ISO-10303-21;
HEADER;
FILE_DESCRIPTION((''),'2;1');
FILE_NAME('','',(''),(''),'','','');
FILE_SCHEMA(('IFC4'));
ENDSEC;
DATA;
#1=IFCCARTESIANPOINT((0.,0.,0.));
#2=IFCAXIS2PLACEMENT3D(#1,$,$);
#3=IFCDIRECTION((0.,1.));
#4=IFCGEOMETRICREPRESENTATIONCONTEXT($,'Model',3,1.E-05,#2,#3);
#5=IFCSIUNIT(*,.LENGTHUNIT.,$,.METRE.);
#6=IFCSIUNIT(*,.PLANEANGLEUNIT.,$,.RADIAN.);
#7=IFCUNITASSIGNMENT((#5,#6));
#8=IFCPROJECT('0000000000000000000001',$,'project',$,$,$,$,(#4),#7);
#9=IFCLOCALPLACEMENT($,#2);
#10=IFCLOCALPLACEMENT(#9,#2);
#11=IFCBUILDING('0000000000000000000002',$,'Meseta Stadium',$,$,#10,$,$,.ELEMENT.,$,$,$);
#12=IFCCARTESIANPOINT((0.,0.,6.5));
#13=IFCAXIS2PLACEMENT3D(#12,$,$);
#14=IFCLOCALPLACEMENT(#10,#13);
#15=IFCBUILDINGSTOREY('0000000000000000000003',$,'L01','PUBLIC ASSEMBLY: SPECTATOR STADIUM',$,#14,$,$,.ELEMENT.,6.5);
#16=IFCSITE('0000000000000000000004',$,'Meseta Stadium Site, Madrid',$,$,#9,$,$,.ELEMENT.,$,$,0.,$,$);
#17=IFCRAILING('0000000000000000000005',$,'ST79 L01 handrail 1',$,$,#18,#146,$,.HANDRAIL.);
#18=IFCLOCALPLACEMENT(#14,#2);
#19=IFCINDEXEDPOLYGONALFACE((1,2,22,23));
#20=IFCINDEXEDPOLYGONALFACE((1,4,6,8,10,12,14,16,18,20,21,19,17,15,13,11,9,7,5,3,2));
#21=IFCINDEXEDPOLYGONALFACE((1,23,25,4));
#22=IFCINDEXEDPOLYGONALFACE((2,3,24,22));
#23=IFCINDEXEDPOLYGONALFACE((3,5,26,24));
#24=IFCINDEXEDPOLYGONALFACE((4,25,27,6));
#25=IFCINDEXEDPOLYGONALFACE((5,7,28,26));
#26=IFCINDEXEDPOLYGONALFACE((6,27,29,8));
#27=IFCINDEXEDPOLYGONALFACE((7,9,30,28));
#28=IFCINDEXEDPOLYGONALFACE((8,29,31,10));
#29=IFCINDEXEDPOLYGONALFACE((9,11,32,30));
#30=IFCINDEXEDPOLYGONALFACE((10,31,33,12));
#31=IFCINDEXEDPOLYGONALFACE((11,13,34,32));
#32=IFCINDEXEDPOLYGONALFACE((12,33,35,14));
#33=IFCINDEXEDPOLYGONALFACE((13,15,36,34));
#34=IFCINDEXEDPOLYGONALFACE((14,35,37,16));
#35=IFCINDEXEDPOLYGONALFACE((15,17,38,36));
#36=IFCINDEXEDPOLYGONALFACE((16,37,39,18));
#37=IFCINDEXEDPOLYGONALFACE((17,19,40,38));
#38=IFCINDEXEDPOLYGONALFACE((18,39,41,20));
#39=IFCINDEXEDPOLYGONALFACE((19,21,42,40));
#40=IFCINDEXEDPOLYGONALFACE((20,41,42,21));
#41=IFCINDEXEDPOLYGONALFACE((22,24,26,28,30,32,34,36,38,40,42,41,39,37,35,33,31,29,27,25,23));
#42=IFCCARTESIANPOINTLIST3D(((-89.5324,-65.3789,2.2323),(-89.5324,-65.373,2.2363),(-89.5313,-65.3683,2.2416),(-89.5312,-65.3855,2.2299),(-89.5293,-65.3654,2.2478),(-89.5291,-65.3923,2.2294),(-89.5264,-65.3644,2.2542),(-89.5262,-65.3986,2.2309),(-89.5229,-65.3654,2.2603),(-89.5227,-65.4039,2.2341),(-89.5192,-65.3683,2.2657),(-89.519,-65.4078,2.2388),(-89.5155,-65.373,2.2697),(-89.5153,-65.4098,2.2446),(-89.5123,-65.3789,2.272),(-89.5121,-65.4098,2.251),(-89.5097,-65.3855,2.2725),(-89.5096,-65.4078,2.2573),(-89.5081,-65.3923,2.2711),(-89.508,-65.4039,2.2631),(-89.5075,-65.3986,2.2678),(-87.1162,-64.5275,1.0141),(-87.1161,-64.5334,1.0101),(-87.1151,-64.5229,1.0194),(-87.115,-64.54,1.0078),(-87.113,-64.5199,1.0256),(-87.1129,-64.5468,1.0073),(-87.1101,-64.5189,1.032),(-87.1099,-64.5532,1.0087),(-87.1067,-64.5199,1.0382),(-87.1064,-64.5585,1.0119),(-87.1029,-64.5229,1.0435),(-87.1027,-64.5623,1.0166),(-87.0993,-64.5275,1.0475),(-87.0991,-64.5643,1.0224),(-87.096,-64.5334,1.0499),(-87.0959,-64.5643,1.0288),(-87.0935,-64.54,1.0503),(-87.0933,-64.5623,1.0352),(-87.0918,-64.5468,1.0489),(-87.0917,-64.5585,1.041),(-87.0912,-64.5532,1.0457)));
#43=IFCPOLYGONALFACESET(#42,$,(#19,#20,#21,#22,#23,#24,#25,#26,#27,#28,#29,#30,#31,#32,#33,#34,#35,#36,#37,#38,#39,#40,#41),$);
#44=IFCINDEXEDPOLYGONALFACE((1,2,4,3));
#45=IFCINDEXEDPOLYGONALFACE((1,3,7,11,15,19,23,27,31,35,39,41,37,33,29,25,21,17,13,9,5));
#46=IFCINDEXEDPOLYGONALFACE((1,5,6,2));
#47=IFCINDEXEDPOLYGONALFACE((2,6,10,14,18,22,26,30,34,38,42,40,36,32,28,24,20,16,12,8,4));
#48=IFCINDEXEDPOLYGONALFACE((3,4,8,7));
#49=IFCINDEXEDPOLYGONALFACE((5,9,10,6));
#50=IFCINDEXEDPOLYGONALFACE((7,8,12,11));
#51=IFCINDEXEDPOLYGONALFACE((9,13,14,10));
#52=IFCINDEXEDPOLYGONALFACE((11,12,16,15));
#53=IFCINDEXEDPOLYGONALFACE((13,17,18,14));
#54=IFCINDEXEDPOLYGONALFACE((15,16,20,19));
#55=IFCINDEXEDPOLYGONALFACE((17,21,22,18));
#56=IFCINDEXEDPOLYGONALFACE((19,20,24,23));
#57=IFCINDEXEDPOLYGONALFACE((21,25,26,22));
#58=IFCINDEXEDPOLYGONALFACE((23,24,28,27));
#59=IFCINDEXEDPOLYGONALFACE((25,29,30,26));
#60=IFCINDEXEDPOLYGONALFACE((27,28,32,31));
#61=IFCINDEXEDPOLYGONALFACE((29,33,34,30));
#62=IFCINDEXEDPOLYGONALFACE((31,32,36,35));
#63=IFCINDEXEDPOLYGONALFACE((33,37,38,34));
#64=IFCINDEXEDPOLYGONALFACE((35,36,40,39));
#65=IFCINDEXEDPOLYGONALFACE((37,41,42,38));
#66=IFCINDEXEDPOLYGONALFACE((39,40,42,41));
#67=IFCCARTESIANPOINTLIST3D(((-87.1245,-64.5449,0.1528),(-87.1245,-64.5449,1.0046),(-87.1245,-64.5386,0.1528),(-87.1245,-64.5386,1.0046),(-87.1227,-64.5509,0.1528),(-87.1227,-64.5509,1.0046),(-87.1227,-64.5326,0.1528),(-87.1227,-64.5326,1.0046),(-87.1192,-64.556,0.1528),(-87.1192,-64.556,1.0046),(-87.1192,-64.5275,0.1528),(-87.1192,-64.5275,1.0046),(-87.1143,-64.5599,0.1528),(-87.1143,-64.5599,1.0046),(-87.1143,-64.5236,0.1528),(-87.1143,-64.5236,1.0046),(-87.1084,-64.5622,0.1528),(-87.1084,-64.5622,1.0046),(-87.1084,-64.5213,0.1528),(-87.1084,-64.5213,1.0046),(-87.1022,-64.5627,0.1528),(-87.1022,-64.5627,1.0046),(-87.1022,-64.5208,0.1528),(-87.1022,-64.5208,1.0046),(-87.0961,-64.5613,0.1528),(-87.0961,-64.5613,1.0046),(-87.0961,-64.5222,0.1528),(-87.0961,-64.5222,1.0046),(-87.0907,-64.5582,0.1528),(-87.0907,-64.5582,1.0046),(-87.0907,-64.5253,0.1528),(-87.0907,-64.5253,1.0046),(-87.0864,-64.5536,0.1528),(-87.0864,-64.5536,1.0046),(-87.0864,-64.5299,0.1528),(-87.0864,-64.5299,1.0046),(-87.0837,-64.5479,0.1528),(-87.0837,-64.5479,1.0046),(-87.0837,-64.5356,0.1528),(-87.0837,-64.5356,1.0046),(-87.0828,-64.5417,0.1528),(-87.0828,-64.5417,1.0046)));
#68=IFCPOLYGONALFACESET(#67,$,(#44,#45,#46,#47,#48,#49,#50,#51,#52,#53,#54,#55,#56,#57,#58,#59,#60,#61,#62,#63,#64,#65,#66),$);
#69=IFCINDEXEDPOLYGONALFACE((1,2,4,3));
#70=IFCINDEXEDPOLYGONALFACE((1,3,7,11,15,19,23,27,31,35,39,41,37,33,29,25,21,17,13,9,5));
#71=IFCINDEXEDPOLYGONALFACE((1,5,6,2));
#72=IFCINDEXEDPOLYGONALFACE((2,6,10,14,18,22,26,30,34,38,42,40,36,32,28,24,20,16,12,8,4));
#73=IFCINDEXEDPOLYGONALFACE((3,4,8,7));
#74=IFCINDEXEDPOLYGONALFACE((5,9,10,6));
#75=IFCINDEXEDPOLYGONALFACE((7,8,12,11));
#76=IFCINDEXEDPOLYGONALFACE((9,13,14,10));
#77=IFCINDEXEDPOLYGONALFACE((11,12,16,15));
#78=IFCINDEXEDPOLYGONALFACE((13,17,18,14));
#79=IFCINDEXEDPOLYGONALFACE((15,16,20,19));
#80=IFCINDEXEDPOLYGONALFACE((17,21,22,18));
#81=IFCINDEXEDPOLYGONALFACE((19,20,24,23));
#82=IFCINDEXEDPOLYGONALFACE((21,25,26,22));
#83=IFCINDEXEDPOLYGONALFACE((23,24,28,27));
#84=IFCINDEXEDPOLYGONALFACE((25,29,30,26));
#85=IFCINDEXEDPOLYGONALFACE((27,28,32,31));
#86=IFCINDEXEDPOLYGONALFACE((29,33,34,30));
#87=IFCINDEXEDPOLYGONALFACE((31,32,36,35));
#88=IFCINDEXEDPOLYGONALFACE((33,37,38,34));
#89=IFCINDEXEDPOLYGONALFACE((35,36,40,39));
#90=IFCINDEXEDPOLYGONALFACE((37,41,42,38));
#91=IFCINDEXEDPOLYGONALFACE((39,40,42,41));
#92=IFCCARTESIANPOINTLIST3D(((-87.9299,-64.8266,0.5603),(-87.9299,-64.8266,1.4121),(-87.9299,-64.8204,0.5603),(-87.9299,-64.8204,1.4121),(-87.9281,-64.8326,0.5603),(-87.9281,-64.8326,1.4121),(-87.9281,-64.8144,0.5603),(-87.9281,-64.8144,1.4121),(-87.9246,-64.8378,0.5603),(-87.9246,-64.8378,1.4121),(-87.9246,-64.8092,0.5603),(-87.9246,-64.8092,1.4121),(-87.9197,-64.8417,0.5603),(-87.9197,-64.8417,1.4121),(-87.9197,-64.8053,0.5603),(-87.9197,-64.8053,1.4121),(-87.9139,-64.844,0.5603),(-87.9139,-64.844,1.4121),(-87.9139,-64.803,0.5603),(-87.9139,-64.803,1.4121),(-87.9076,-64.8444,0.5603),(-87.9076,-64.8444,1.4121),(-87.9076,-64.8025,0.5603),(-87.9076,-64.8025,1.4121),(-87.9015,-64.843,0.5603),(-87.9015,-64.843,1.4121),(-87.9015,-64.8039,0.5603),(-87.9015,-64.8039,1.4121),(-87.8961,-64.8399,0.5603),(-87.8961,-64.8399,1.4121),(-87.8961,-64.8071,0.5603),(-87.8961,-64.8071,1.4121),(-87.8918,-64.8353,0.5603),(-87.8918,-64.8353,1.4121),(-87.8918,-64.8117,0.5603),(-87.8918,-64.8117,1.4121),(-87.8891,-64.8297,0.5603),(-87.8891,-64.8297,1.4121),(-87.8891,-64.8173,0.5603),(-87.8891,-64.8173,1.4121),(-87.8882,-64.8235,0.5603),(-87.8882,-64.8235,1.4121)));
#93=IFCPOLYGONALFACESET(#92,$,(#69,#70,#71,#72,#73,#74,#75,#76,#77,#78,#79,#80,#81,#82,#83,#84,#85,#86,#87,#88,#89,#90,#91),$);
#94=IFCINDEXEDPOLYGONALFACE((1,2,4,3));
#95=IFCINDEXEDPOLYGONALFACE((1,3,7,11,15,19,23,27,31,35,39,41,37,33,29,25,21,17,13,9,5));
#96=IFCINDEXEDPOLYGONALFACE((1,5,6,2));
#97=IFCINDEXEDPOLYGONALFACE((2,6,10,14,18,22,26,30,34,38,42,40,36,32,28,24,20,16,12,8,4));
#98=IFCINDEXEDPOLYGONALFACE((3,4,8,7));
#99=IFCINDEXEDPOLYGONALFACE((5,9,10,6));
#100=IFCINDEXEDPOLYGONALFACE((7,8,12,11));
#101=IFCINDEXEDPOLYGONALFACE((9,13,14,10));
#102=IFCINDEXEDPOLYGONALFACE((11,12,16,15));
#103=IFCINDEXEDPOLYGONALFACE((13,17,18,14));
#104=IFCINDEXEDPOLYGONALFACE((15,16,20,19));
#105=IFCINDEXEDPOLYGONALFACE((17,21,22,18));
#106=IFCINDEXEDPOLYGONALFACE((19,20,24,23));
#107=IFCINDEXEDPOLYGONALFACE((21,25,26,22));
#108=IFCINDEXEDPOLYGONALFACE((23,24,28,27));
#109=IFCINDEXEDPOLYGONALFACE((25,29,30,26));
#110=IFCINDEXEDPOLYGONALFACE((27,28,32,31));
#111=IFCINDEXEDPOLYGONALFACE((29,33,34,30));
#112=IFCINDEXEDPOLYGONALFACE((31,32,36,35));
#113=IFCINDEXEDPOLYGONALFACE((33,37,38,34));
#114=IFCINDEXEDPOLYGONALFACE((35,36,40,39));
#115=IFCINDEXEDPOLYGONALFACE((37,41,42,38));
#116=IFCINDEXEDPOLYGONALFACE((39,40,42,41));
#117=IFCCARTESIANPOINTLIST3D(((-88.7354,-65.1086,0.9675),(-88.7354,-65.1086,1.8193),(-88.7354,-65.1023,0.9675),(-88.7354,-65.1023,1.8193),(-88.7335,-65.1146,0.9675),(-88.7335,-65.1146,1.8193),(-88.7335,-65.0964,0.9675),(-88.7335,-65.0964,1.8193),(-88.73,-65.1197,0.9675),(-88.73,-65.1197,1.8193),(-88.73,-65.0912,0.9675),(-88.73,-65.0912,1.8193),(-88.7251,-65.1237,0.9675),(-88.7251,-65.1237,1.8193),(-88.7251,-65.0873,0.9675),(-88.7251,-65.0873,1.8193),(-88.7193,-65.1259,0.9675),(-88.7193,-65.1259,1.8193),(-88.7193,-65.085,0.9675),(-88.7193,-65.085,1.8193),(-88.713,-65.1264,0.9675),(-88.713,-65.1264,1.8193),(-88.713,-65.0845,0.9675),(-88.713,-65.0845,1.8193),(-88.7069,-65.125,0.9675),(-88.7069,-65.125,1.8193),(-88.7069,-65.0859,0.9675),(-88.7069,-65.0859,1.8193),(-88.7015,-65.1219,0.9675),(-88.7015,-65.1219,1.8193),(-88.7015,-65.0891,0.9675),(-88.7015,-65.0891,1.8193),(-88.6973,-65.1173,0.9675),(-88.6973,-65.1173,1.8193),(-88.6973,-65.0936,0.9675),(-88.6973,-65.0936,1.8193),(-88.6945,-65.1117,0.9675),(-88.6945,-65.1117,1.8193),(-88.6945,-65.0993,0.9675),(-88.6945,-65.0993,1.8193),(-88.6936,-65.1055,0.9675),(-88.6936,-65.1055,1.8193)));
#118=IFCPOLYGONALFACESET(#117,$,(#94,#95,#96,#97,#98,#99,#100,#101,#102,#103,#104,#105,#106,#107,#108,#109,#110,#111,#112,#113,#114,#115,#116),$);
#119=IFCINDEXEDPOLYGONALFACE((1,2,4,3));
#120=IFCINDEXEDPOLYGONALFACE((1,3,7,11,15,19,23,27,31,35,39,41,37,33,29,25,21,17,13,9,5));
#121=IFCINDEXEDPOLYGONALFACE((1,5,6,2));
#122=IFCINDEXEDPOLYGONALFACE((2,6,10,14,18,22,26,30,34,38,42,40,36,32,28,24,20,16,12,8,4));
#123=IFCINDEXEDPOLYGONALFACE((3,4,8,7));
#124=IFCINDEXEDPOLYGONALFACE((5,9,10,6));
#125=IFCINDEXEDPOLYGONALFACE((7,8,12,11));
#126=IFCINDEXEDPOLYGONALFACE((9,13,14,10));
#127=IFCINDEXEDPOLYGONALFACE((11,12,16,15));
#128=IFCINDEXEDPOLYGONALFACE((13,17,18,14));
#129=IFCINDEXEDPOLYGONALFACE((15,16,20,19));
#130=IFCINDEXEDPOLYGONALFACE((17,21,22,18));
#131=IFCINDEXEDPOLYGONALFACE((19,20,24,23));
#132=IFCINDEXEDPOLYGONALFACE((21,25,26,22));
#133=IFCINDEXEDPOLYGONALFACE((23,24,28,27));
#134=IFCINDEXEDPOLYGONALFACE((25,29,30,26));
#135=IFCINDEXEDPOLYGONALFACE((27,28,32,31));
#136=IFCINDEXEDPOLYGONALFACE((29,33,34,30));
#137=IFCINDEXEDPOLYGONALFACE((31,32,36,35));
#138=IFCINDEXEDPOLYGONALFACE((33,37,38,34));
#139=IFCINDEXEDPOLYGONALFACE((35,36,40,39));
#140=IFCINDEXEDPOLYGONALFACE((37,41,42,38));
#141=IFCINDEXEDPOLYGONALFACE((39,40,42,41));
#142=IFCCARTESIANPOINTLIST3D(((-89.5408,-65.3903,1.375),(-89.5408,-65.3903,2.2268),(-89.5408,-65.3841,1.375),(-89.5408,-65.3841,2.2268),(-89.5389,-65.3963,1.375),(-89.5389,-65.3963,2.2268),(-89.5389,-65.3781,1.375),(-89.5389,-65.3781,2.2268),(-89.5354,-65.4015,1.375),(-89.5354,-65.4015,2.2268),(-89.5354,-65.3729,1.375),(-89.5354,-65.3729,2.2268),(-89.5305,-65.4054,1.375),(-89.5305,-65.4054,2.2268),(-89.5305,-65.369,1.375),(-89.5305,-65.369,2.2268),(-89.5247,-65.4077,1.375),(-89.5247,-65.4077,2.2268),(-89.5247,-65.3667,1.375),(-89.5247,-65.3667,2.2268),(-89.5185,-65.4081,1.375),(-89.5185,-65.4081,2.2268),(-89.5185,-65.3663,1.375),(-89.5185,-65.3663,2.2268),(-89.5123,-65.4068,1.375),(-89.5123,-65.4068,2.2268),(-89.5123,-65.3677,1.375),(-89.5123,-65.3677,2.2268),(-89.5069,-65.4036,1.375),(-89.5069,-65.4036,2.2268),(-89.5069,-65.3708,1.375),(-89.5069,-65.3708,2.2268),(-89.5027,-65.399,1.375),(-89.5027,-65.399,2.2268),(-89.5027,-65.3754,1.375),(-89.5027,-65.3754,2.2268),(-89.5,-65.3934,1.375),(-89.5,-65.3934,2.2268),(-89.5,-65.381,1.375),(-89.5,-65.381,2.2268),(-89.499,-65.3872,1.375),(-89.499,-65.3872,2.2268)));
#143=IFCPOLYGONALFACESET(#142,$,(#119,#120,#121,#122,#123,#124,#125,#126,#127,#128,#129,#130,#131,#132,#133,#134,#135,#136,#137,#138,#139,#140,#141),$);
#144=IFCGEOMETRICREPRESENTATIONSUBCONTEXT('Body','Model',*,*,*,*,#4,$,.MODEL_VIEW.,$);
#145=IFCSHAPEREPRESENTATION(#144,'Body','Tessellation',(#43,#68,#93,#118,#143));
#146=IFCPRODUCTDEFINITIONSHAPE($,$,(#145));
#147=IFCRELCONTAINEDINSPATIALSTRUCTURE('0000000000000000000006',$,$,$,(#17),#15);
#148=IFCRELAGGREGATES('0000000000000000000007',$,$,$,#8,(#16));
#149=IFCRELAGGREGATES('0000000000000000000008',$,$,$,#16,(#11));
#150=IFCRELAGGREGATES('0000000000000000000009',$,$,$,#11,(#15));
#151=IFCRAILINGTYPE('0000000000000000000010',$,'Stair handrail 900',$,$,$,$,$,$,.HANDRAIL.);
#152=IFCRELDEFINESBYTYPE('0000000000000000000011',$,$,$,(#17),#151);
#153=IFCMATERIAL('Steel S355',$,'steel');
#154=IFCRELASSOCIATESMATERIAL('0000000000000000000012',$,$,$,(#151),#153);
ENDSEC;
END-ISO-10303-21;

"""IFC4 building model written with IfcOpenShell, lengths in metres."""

from ifc_helpers import new_model, si_unit, direction, frame, origin, origin_2d, place, context, subcontext, project, spatial, circle, extrude, material, type_object, element, save


model = new_model("IFC4")

# Units and contexts
model_context = context("Model", 3, precision=1e-05, world=origin(), true_north=direction((0.0, 1.0)))
body_context = subcontext(model_context, "Body", "Model", "MODEL_VIEW")
ifc_project = project(units=[si_unit("LENGTHUNIT", "METRE"), si_unit("PLANEANGLEUNIT", "RADIAN")], contexts=[model_context])

# Site, building, storey
site_placement = place(None, origin())
site = spatial("IfcSite", under=ifc_project, at=site_placement, Name="Meseta Stadium Site, Madrid", CompositionType="ELEMENT", RefElevation=0.0)
building_placement = place(site_placement, origin())
building = spatial("IfcBuilding", under=site, at=building_placement, Name="Meseta Stadium", CompositionType="ELEMENT")
storey_placement = place(building_placement, frame((0.0, 0.0, 6.5)))
storey = spatial("IfcBuildingStorey", under=building, at=storey_placement, Name="L01", Description="PUBLIC ASSEMBLY: SPECTATOR STADIUM", CompositionType="ELEMENT", Elevation=6.5)

# Railing
ifc_material_1 = material(Name="Steel S355", Category="steel")
railing_type_1 = type_object("IfcRailingType", Name="Stair handrail 900", PredefinedType="HANDRAIL", material=ifc_material_1)
for number, where, name in (
    (1, (-87.1038, -64.5417, 0.1528), "ST79 L01 handrail 1"),
):
    element("IfcRailing", number, at=place(storey_placement, frame(where)), inside=storey, type_object=railing_type_1, Name=name, PredefinedType="HANDRAIL", context=body_context, shape_type="SweptSolid", body=[
        extrude(circle(Radius=0.0239, at=origin_2d()), frame((0.0, 0.0, 0.876), z_axis=(-0.851789, -0.298044, 0.430843), x_axis=(0.33027, -0.943887, 0.0)), (0.0, 0.0, 1.0), 2.8367),
        extrude(circle(Radius=0.021, at=origin_2d()), origin(), (0.0, 0.0, 1.0), 0.8518),
        extrude(circle(Radius=0.021, at=origin_2d()), frame((-0.8054, -0.2817, 0.4075)), (0.0, 0.0, 1.0), 0.8518),
        extrude(circle(Radius=0.021, at=origin_2d()), frame((-1.6108, -0.5637, 0.8147)), (0.0, 0.0, 1.0), 0.8518),
        extrude(circle(Radius=0.021, at=origin_2d()), frame((-2.4163, -0.8455, 1.2222)), (0.0, 0.0, 1.0), 0.8518),
    ])

save(model, "model.ifc")
